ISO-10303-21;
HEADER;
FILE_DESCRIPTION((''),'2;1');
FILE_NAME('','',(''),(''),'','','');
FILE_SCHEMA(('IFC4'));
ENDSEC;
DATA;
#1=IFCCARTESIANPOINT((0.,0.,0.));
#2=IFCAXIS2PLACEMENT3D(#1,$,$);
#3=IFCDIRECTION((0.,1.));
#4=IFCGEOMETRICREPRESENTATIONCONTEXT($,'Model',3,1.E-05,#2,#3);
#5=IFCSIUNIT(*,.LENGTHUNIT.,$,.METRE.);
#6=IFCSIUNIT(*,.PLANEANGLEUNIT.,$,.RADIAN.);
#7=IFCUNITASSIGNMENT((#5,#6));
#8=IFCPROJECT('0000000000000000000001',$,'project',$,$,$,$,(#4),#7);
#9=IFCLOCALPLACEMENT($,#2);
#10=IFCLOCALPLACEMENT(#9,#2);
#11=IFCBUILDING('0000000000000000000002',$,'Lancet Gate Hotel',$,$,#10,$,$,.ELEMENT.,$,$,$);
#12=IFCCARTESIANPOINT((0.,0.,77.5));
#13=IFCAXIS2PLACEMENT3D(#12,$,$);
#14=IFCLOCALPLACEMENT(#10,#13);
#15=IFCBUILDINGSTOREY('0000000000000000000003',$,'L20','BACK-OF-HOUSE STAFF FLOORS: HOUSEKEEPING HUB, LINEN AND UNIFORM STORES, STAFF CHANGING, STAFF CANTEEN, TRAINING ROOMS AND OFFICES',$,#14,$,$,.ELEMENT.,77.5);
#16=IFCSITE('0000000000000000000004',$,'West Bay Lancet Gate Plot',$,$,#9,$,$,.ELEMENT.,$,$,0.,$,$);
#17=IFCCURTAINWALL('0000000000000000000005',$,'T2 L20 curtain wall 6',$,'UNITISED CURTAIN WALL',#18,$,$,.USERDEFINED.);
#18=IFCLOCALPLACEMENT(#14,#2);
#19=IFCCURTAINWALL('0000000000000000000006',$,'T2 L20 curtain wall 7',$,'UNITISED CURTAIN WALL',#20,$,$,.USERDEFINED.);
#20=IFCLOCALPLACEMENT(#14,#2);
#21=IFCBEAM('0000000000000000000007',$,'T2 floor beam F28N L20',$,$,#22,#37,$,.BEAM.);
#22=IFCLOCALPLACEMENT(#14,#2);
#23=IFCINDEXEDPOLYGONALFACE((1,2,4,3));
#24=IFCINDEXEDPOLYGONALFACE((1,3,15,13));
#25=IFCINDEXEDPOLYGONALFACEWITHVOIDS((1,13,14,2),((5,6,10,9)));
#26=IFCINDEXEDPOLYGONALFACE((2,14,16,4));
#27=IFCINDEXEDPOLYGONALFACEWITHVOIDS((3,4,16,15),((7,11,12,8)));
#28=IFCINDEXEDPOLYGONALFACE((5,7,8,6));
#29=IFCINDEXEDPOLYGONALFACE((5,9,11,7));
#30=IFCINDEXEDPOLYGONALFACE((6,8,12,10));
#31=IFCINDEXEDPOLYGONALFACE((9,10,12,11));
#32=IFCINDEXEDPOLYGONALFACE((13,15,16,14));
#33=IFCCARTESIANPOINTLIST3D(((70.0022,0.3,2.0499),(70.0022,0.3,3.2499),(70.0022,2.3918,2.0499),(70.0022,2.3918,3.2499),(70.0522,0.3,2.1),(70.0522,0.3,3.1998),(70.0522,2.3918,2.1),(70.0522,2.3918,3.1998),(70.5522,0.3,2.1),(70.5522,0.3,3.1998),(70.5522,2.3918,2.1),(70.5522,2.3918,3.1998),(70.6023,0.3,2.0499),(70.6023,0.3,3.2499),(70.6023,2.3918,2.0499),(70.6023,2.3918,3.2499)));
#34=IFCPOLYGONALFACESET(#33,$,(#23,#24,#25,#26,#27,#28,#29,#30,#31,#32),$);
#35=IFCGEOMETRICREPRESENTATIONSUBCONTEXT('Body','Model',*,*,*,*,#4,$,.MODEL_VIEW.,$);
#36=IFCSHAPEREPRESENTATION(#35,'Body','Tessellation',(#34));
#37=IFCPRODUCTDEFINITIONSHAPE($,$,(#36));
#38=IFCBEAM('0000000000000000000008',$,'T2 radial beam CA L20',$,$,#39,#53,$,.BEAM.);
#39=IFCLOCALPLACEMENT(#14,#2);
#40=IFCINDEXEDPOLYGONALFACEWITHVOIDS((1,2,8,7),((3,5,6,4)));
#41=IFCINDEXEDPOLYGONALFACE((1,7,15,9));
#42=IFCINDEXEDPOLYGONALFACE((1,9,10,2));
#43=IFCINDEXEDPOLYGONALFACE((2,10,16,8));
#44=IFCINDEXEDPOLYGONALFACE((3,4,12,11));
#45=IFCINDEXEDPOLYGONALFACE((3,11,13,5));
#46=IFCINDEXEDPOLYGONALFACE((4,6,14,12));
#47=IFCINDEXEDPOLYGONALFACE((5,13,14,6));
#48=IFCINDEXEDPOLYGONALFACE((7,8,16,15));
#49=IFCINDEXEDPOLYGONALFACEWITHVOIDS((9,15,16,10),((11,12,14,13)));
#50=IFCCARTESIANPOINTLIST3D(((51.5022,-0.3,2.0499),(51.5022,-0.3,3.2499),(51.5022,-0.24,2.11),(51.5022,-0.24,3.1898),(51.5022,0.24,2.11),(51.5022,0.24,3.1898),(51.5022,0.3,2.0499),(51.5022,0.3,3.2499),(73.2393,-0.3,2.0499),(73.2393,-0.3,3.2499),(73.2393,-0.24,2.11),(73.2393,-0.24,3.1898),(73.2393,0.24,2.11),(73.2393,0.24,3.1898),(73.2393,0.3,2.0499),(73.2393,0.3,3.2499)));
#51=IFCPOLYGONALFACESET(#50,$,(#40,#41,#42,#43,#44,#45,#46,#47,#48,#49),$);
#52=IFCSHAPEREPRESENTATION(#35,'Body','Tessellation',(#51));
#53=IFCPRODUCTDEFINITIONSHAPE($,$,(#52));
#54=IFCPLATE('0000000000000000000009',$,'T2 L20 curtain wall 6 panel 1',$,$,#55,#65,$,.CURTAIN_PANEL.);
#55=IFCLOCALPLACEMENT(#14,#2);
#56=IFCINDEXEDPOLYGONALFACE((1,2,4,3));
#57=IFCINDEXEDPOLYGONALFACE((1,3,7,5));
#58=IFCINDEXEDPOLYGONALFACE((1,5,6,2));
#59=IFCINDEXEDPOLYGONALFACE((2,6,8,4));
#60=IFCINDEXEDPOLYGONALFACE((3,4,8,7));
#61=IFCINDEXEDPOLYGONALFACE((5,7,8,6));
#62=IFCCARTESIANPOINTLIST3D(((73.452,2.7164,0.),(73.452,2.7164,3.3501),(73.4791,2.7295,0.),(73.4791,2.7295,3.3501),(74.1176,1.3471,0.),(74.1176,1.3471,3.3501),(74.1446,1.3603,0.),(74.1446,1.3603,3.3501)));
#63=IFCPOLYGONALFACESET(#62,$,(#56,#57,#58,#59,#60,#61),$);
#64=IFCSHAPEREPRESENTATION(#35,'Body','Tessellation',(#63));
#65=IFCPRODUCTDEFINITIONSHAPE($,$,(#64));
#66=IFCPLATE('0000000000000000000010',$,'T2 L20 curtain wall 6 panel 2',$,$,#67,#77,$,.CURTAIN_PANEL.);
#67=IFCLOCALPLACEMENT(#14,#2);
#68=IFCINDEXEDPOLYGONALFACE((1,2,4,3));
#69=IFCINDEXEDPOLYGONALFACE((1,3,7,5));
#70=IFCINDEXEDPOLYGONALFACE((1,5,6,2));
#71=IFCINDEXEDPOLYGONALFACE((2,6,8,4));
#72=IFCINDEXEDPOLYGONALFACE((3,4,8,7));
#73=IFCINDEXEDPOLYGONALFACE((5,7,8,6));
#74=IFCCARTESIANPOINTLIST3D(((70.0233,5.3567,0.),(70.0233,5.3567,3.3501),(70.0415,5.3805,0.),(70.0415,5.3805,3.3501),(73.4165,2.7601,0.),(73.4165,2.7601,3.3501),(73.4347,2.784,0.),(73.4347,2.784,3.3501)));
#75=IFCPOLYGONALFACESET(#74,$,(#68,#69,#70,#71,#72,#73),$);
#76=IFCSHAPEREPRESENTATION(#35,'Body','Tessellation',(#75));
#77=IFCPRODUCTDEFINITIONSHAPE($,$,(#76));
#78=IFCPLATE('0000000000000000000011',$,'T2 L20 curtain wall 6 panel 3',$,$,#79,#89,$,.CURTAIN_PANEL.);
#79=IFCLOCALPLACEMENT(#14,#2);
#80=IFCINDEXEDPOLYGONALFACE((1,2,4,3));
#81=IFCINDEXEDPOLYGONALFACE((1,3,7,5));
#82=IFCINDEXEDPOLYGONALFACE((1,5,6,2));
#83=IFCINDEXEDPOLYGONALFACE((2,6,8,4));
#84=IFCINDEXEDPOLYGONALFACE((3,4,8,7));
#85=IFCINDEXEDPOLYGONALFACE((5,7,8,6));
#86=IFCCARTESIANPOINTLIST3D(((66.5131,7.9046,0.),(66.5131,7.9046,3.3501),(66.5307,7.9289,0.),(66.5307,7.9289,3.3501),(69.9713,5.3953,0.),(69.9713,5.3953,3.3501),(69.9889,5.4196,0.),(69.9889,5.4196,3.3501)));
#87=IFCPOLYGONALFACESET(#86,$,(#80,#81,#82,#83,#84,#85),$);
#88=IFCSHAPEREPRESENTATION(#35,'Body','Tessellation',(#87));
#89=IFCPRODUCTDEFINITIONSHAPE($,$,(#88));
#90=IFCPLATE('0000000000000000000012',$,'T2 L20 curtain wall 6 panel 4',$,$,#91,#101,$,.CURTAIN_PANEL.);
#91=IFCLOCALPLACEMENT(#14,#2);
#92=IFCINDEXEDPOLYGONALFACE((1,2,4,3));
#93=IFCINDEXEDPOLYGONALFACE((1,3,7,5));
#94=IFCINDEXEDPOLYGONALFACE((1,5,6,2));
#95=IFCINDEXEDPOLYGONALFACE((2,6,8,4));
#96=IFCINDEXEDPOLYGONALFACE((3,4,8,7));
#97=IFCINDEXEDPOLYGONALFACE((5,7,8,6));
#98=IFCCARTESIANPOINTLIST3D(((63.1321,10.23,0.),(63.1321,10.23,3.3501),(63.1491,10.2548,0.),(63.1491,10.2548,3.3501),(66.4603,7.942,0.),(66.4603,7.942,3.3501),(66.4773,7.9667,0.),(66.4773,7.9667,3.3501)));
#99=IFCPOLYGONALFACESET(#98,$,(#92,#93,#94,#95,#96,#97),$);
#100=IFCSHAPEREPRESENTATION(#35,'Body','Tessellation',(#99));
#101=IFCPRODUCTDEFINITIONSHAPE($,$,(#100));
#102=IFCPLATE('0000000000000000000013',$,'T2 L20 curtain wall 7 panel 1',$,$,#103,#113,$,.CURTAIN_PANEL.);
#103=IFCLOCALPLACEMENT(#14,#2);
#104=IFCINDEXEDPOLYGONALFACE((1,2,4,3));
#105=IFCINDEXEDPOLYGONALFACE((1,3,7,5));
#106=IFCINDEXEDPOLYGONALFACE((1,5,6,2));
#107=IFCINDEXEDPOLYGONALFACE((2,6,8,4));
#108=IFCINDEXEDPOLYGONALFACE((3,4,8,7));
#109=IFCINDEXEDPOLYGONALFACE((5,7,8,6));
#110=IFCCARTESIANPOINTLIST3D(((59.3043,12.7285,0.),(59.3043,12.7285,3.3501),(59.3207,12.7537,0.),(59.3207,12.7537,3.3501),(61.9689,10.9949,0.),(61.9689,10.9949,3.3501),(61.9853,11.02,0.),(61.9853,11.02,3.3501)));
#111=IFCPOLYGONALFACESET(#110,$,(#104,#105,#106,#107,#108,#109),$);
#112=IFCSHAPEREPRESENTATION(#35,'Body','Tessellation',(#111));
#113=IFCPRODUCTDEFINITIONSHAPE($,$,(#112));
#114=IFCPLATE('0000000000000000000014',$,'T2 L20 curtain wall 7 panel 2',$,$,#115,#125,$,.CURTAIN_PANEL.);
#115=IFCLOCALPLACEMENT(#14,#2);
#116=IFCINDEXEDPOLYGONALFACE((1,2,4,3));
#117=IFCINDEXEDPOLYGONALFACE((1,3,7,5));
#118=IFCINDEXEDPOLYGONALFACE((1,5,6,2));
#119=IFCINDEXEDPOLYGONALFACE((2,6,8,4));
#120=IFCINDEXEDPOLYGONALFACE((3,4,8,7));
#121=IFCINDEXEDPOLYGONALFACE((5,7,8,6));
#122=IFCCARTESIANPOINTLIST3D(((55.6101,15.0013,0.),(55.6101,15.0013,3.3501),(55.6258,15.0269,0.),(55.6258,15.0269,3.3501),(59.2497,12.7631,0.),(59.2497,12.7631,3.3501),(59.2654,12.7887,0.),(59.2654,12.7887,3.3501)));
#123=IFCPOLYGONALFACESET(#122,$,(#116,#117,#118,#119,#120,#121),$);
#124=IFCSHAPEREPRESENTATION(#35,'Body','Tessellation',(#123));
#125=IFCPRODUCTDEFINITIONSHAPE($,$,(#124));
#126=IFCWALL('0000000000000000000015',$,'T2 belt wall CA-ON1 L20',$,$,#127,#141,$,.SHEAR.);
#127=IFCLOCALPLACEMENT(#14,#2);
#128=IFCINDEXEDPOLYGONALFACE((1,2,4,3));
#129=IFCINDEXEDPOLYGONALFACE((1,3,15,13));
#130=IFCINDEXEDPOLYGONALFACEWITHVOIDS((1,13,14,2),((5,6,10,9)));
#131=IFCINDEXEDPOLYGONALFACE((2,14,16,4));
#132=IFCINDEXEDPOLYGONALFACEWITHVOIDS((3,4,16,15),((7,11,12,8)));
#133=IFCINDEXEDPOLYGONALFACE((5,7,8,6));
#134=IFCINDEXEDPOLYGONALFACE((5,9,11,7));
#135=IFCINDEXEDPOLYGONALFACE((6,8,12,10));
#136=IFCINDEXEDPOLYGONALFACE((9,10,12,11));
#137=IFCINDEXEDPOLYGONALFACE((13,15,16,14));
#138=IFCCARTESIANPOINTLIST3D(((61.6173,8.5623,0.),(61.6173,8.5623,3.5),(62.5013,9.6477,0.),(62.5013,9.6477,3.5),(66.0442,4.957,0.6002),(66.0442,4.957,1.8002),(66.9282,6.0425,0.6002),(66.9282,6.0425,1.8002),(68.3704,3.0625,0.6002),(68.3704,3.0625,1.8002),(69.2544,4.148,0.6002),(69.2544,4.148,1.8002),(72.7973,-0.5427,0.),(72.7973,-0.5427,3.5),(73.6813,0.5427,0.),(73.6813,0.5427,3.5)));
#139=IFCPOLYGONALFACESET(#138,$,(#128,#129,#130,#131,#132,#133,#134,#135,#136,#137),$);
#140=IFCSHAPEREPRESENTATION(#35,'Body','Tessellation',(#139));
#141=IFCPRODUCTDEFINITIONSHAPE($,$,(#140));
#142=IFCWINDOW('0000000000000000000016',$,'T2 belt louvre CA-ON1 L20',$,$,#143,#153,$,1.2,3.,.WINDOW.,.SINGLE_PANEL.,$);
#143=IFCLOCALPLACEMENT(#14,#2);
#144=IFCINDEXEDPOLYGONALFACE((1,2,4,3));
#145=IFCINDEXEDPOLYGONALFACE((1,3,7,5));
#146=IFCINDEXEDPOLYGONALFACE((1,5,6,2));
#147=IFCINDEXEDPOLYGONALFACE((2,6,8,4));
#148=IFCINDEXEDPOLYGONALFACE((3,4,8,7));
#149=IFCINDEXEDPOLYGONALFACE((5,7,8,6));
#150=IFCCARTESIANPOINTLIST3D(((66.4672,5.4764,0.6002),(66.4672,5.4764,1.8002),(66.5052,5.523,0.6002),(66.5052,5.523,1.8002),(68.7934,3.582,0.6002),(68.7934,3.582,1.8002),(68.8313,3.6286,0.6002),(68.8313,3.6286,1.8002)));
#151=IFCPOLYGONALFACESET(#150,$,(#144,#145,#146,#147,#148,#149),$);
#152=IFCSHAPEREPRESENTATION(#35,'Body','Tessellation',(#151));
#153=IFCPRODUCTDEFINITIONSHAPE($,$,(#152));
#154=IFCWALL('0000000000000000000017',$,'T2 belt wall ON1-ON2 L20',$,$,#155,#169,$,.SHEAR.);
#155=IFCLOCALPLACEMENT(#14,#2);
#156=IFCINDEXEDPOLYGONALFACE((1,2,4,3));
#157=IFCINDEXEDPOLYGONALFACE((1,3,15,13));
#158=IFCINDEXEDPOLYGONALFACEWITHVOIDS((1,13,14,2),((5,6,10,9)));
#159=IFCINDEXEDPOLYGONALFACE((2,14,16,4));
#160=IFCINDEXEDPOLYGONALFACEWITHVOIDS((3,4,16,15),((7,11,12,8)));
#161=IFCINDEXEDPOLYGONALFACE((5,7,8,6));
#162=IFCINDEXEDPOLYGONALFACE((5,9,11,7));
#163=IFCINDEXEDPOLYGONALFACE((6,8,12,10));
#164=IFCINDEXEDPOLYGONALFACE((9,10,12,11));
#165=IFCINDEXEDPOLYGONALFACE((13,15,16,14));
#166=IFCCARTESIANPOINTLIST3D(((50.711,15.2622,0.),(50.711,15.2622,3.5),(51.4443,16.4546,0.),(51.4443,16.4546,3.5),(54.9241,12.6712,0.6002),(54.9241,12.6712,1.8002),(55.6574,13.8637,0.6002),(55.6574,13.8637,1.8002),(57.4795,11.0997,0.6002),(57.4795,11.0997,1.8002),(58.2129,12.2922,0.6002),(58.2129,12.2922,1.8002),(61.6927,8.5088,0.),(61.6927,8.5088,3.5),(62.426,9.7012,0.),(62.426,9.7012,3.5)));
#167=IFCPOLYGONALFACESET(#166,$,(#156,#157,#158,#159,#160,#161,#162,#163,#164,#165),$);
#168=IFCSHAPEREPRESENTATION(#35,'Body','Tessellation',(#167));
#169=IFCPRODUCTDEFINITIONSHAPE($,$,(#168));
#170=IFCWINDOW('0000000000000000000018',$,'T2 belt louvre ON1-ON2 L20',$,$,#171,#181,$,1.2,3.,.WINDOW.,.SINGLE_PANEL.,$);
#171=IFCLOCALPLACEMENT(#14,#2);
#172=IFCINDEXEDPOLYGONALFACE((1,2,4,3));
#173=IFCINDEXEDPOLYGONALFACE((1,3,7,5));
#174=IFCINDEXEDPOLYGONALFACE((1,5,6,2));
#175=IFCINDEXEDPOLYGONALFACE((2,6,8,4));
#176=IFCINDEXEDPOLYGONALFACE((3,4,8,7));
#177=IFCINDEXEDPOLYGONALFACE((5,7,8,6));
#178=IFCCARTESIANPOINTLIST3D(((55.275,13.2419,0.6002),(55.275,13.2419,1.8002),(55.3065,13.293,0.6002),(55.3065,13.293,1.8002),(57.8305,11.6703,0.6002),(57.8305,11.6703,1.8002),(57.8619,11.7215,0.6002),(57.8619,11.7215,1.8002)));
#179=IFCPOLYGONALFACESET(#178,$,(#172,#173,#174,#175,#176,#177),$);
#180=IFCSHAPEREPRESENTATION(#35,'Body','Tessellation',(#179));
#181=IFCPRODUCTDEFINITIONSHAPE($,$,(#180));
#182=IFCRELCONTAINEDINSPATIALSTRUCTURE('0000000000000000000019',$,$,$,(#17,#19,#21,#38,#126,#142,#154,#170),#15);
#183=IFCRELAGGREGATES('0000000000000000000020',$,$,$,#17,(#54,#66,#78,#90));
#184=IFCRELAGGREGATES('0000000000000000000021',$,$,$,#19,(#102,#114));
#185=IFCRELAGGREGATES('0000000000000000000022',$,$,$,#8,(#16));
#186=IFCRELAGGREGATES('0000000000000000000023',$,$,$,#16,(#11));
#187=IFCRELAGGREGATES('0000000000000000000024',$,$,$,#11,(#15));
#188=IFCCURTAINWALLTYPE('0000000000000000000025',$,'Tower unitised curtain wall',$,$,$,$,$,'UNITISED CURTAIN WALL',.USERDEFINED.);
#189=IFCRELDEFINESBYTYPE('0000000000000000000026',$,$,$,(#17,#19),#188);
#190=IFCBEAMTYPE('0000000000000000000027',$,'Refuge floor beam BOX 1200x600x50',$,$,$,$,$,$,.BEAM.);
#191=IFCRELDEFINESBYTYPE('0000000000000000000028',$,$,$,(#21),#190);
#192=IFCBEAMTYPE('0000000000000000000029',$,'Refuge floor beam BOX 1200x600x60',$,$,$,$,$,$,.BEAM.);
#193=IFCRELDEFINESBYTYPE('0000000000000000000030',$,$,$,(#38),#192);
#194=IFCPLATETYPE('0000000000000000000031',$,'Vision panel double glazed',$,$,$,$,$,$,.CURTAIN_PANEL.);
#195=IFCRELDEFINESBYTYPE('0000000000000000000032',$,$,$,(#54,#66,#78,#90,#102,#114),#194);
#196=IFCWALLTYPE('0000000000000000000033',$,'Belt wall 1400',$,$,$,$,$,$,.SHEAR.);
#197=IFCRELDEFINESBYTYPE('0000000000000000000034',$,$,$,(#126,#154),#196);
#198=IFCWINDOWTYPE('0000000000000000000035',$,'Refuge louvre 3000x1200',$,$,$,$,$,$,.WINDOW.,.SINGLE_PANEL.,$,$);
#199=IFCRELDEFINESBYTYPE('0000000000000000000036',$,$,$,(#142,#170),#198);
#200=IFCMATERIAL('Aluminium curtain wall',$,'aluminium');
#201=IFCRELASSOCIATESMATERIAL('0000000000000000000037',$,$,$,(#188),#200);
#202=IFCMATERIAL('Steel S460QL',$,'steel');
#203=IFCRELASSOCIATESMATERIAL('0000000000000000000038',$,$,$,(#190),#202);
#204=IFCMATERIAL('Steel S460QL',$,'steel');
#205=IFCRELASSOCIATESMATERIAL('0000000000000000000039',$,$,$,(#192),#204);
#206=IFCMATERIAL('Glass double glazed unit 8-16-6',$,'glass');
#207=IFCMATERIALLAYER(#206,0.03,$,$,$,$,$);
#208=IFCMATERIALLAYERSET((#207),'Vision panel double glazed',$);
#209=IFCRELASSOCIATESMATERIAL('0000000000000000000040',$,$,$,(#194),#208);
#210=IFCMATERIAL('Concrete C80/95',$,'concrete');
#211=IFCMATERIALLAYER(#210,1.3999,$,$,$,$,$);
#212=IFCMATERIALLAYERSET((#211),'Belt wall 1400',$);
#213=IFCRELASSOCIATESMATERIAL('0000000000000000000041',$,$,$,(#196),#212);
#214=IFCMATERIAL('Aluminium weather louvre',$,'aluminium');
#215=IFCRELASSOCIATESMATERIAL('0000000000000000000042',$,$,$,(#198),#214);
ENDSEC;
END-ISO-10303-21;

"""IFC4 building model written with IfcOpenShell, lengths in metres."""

from ifc_helpers import new_model, si_unit, direction, frame, frame_2d, origin, origin_2d, place, context, subcontext, project, spatial, rectangle, hollow_rectangle, extrude, material, layer, layer_set, material_profile, profile_set, type_object, element, fill, aggregate, save


model = new_model("IFC4")

# Units and contexts
model_context = context("Model", 3, precision=1e-05, world=origin(), true_north=direction((0.0, 1.0)))
body_context = subcontext(model_context, "Body", "Model", "MODEL_VIEW")
ifc_project = project(units=[si_unit("LENGTHUNIT", "METRE"), si_unit("PLANEANGLEUNIT", "RADIAN")], contexts=[model_context])

# Site, building, storey
site_placement = place(None, origin())
site = spatial("IfcSite", under=ifc_project, at=site_placement, Name="West Bay Lancet Gate Plot", CompositionType="ELEMENT", RefElevation=0.0)
building_placement = place(site_placement, origin())
building = spatial("IfcBuilding", under=site, at=building_placement, Name="Lancet Gate Hotel", CompositionType="ELEMENT")
storey_placement = place(building_placement, frame((0.0, 0.0, 77.5)))
storey = spatial("IfcBuildingStorey", under=building, at=storey_placement, Name="L20", Description="BACK-OF-HOUSE STAFF FLOORS: HOUSEKEEPING HUB, LINEN AND UNIFORM STORES, STAFF CHANGING, STAFF CANTEEN, TRAINING ROOMS AND OFFICES", CompositionType="ELEMENT", Elevation=77.5)

# Curtain walls
ifc_material_1 = material(Name="Aluminium curtain wall", Category="aluminium")
curtain_wall_type = type_object("IfcCurtainWallType", Name="Tower unitised curtain wall", ElementType="UNITISED CURTAIN WALL", PredefinedType="USERDEFINED", material=ifc_material_1)
curtain_wall_1_placement = place(storey_placement, origin())
curtain_wall_1 = element("IfcCurtainWall", 1, at=curtain_wall_1_placement, inside=storey, type_object=curtain_wall_type, Name="T2 L20 curtain wall 6", ObjectType="UNITISED CURTAIN WALL", PredefinedType="USERDEFINED")
curtain_wall_2_placement = place(storey_placement, origin())
curtain_wall_2 = element("IfcCurtainWall", 2, at=curtain_wall_2_placement, inside=storey, type_object=curtain_wall_type, Name="T2 L20 curtain wall 7", ObjectType="UNITISED CURTAIN WALL", PredefinedType="USERDEFINED")

# Beams
ifc_material_2 = material(Name="Steel S460QL", Category="steel")
ifc_material_profile_1 = material_profile(ifc_material_2, hollow_rectangle(XDim=0.6001, YDim=1.2, WallThickness=0.05, at=origin_2d()), Name="BOX 1200x600x50")
ifc_profile_set_1 = profile_set([ifc_material_profile_1], Name="Steel S460QL")
beam_type_1 = type_object("IfcBeamType", Name="Refuge floor beam BOX 1200x600x50", PredefinedType="BEAM", material=ifc_profile_set_1)
beam_1_placement = place(storey_placement, frame((70.3022, 0.3, 2.6499), z_axis=(0.0, 1.0, 0.0), x_axis=(-1.0, 0.0, 0.0)))
element("IfcBeam", 3, at=beam_1_placement, inside=storey, type_object=beam_type_1, Name="T2 floor beam F28N L20", PredefinedType="BEAM", context=body_context, shape_type="SweptSolid", body=[
    extrude(hollow_rectangle(XDim=0.6001, YDim=1.2, WallThickness=0.05, at=origin_2d()), origin(), (0.0, 0.0, 1.0), 2.0918),
])
ifc_material_3 = material(Name="Steel S460QL", Category="steel")
ifc_material_profile_2 = material_profile(ifc_material_3, hollow_rectangle(XDim=0.6001, YDim=1.2, WallThickness=0.0601, at=origin_2d()), Name="BOX 1200x600x60")
ifc_profile_set_2 = profile_set([ifc_material_profile_2], Name="Steel S460QL")
beam_type_2 = type_object("IfcBeamType", Name="Refuge floor beam BOX 1200x600x60", PredefinedType="BEAM", material=ifc_profile_set_2)
beam_2_placement = place(storey_placement, frame((73.2393, 0.0, 2.6499), z_axis=(-1.0, 0.0, 0.0), x_axis=(0.0, -1.0, 0.0)))
element("IfcBeam", 4, at=beam_2_placement, inside=storey, type_object=beam_type_2, Name="T2 radial beam CA L20", PredefinedType="BEAM", context=body_context, shape_type="SweptSolid", body=[
    extrude(hollow_rectangle(XDim=0.6001, YDim=1.2, WallThickness=0.0601, at=origin_2d()), origin(), (0.0, 0.0, 1.0), 21.7371),
])

# Plates
ifc_material_4 = material(Name="Glass double glazed unit 8-16-6", Category="glass")
ifc_layer_1 = layer(ifc_material_4, 0.03)
ifc_layer_set_1 = layer_set([ifc_layer_1], Name="Vision panel double glazed")
plate_type = type_object("IfcPlateType", Name="Vision panel double glazed", PredefinedType="CURTAIN_PANEL", material=ifc_layer_set_1)
plate_1_placement = place(storey_placement, frame((73.7983, 2.0383, 0.0), z_axis=(0.0, 0.0, 1.0), x_axis=(-0.437169, 0.899379, 0.0)))
plate_1 = element("IfcPlate", 5, at=plate_1_placement, type_object=plate_type, Name="T2 L20 curtain wall 6 panel 1", PredefinedType="CURTAIN_PANEL", context=body_context, shape_type="SweptSolid", body=[
    extrude(rectangle(XDim=1.5225, YDim=0.03, at=origin_2d()), origin(), (0.0, 0.0, 1.0), 3.3501),
])
plate_2_placement = place(storey_placement, frame((71.729, 4.0703, 0.0), z_axis=(0.0, 0.0, 1.0), x_axis=(-0.79416, 0.607709, 0.0)))
plate_2 = element("IfcPlate", 6, at=plate_2_placement, type_object=plate_type, Name="T2 L20 curtain wall 6 panel 2", PredefinedType="CURTAIN_PANEL", context=body_context, shape_type="SweptSolid", body=[
    extrude(rectangle(XDim=4.2727, YDim=0.03, at=origin_2d()), origin(), (0.0, 0.0, 1.0), 3.3501),
])
plate_3_placement = place(storey_placement, frame((68.251, 6.6621, 0.0), z_axis=(0.0, 0.0, 1.0), x_axis=(-0.80937, 0.587299, 0.0)))
plate_3 = element("IfcPlate", 7, at=plate_3_placement, type_object=plate_type, Name="T2 L20 curtain wall 6 panel 3", PredefinedType="CURTAIN_PANEL", context=body_context, shape_type="SweptSolid", body=[
    extrude(rectangle(XDim=4.2727, YDim=0.03, at=origin_2d()), origin(), (0.0, 0.0, 1.0), 3.3501),
])
plate_4_placement = place(storey_placement, frame((64.8047, 9.0984, 0.0), z_axis=(0.0, 0.0, 1.0), x_axis=(-0.824055, 0.566509, 0.0)))
plate_4 = element("IfcPlate", 8, at=plate_4_placement, type_object=plate_type, Name="T2 L20 curtain wall 6 panel 4", PredefinedType="CURTAIN_PANEL", context=body_context, shape_type="SweptSolid", body=[
    extrude(rectangle(XDim=4.0388, YDim=0.03, at=origin_2d()), origin(), (0.0, 0.0, 1.0), 3.3501),
])
aggregate(curtain_wall_1, [plate_1, plate_2, plate_3, plate_4])
plate_5_placement = place(storey_placement, frame((60.6448, 11.8743, 0.0), z_axis=(0.0, 0.0, 1.0), x_axis=(-0.838207, 0.545353, 0.0)))
plate_5 = element("IfcPlate", 9, at=plate_5_placement, type_object=plate_type, Name="T2 L20 curtain wall 7 panel 1", PredefinedType="CURTAIN_PANEL", context=body_context, shape_type="SweptSolid", body=[
    extrude(rectangle(XDim=3.179, YDim=0.03, at=origin_2d()), origin(), (0.0, 0.0, 1.0), 3.3501),
])
plate_6_placement = place(storey_placement, frame((57.4377, 13.895, 0.0), z_axis=(0.0, 0.0, 1.0), x_axis=(-0.851815, 0.523842, 0.0)))
plate_6 = element("IfcPlate", 10, at=plate_6_placement, type_object=plate_type, Name="T2 L20 curtain wall 7 panel 2", PredefinedType="CURTAIN_PANEL", context=body_context, shape_type="SweptSolid", body=[
    extrude(rectangle(XDim=4.2727, YDim=0.03, at=origin_2d()), origin(), (0.0, 0.0, 1.0), 3.3501),
])
aggregate(curtain_wall_2, [plate_5, plate_6])

# Walls, openings, windows
ifc_material_5 = material(Name="Concrete C80/95", Category="concrete")
ifc_layer_2 = layer(ifc_material_5, 1.3999)
ifc_layer_set_2 = layer_set([ifc_layer_2], Name="Belt wall 1400")
wall_type = type_object("IfcWallType", Name="Belt wall 1400", PredefinedType="SHEAR", material=ifc_layer_set_2)
wall_1_placement = place(storey_placement, frame((73.2393, 0.0, 0.0), z_axis=(0.0, 0.0, 1.0), x_axis=(-0.775391, 0.631481, 0.0)))
wall_1 = element("IfcWall", 11, at=wall_1_placement, inside=storey, type_object=wall_type, Name="T2 belt wall CA-ON1 L20", PredefinedType="SHEAR", context=body_context, shape_type="SweptSolid", body=[
    extrude(rectangle(XDim=14.4185, YDim=1.3999, at=frame_2d((7.2092, 0.0))), origin(), (0.0, 0.0, 1.0), 3.5),
])
opening_1_placement = place(wall_1_placement, frame((5.7092, 0.0, 0.6001)))
opening_1 = element("IfcOpeningElement", 12, at=opening_1_placement, cuts=wall_1, PredefinedType="OPENING", context=body_context, shape_type="SweptSolid", body=[
    extrude(rectangle(XDim=3.0, YDim=1.2, at=frame_2d((1.5, 0.6001))), frame((0.0, 0.71, 0.0), z_axis=(0.0, -1.0, 0.0), x_axis=(1.0, 0.0, 0.0)), (0.0, 0.0, 1.0), 1.4199),
])
ifc_material_6 = material(Name="Aluminium weather louvre", Category="aluminium")
window_type = type_object("IfcWindowType", Name="Refuge louvre 3000x1200", PartitioningType="SINGLE_PANEL", PredefinedType="WINDOW", material=ifc_material_6)
window_1_placement = place(opening_1_placement, origin())
window_1 = element("IfcWindow", 13, at=window_1_placement, inside=storey, type_object=window_type, Name="T2 belt louvre CA-ON1 L20", OverallHeight=1.2, OverallWidth=3.0, PartitioningType="SINGLE_PANEL", PredefinedType="WINDOW", context=body_context, shape_type="SweptSolid", body=[
    extrude(rectangle(XDim=3.0, YDim=1.2, at=frame_2d((1.5, 0.6001))), frame((0.0, 0.03, 0.0), z_axis=(0.0, -1.0, 0.0), x_axis=(1.0, 0.0, 0.0)), (0.0, 0.0, 1.0), 0.0601),
])
fill(opening_1, window_1)
wall_2_placement = place(storey_placement, frame((62.0593, 9.105, 0.0), z_axis=(0.0, 0.0, 1.0), x_axis=(-0.851816, 0.523842, 0.0)))
wall_2 = element("IfcWall", 14, at=wall_2_placement, inside=storey, type_object=wall_type, Name="T2 belt wall ON1-ON2 L20", PredefinedType="SHEAR", context=body_context, shape_type="SweptSolid", body=[
    extrude(rectangle(XDim=12.8921, YDim=1.3999, at=frame_2d((6.446, 0.0))), origin(), (0.0, 0.0, 1.0), 3.5),
])
opening_2_placement = place(wall_2_placement, frame((4.946, 0.0, 0.6001)))
opening_2 = element("IfcOpeningElement", 15, at=opening_2_placement, cuts=wall_2, PredefinedType="OPENING", context=body_context, shape_type="SweptSolid", body=[
    extrude(rectangle(XDim=3.0, YDim=1.2, at=frame_2d((1.5, 0.6001))), frame((0.0, 0.71, 0.0), z_axis=(0.0, -1.0, 0.0), x_axis=(1.0, 0.0, 0.0)), (0.0, 0.0, 1.0), 1.4199),
])
window_2_placement = place(opening_2_placement, origin())
window_2 = element("IfcWindow", 16, at=window_2_placement, inside=storey, type_object=window_type, Name="T2 belt louvre ON1-ON2 L20", OverallHeight=1.2, OverallWidth=3.0, PartitioningType="SINGLE_PANEL", PredefinedType="WINDOW", context=body_context, shape_type="SweptSolid", body=[
    extrude(rectangle(XDim=3.0, YDim=1.2, at=frame_2d((1.5, 0.6001))), frame((0.0, 0.03, 0.0), z_axis=(0.0, -1.0, 0.0), x_axis=(1.0, 0.0, 0.0)), (0.0, 0.0, 1.0), 0.0601),
])
fill(opening_2, window_2)

save(model, "model.ifc")
